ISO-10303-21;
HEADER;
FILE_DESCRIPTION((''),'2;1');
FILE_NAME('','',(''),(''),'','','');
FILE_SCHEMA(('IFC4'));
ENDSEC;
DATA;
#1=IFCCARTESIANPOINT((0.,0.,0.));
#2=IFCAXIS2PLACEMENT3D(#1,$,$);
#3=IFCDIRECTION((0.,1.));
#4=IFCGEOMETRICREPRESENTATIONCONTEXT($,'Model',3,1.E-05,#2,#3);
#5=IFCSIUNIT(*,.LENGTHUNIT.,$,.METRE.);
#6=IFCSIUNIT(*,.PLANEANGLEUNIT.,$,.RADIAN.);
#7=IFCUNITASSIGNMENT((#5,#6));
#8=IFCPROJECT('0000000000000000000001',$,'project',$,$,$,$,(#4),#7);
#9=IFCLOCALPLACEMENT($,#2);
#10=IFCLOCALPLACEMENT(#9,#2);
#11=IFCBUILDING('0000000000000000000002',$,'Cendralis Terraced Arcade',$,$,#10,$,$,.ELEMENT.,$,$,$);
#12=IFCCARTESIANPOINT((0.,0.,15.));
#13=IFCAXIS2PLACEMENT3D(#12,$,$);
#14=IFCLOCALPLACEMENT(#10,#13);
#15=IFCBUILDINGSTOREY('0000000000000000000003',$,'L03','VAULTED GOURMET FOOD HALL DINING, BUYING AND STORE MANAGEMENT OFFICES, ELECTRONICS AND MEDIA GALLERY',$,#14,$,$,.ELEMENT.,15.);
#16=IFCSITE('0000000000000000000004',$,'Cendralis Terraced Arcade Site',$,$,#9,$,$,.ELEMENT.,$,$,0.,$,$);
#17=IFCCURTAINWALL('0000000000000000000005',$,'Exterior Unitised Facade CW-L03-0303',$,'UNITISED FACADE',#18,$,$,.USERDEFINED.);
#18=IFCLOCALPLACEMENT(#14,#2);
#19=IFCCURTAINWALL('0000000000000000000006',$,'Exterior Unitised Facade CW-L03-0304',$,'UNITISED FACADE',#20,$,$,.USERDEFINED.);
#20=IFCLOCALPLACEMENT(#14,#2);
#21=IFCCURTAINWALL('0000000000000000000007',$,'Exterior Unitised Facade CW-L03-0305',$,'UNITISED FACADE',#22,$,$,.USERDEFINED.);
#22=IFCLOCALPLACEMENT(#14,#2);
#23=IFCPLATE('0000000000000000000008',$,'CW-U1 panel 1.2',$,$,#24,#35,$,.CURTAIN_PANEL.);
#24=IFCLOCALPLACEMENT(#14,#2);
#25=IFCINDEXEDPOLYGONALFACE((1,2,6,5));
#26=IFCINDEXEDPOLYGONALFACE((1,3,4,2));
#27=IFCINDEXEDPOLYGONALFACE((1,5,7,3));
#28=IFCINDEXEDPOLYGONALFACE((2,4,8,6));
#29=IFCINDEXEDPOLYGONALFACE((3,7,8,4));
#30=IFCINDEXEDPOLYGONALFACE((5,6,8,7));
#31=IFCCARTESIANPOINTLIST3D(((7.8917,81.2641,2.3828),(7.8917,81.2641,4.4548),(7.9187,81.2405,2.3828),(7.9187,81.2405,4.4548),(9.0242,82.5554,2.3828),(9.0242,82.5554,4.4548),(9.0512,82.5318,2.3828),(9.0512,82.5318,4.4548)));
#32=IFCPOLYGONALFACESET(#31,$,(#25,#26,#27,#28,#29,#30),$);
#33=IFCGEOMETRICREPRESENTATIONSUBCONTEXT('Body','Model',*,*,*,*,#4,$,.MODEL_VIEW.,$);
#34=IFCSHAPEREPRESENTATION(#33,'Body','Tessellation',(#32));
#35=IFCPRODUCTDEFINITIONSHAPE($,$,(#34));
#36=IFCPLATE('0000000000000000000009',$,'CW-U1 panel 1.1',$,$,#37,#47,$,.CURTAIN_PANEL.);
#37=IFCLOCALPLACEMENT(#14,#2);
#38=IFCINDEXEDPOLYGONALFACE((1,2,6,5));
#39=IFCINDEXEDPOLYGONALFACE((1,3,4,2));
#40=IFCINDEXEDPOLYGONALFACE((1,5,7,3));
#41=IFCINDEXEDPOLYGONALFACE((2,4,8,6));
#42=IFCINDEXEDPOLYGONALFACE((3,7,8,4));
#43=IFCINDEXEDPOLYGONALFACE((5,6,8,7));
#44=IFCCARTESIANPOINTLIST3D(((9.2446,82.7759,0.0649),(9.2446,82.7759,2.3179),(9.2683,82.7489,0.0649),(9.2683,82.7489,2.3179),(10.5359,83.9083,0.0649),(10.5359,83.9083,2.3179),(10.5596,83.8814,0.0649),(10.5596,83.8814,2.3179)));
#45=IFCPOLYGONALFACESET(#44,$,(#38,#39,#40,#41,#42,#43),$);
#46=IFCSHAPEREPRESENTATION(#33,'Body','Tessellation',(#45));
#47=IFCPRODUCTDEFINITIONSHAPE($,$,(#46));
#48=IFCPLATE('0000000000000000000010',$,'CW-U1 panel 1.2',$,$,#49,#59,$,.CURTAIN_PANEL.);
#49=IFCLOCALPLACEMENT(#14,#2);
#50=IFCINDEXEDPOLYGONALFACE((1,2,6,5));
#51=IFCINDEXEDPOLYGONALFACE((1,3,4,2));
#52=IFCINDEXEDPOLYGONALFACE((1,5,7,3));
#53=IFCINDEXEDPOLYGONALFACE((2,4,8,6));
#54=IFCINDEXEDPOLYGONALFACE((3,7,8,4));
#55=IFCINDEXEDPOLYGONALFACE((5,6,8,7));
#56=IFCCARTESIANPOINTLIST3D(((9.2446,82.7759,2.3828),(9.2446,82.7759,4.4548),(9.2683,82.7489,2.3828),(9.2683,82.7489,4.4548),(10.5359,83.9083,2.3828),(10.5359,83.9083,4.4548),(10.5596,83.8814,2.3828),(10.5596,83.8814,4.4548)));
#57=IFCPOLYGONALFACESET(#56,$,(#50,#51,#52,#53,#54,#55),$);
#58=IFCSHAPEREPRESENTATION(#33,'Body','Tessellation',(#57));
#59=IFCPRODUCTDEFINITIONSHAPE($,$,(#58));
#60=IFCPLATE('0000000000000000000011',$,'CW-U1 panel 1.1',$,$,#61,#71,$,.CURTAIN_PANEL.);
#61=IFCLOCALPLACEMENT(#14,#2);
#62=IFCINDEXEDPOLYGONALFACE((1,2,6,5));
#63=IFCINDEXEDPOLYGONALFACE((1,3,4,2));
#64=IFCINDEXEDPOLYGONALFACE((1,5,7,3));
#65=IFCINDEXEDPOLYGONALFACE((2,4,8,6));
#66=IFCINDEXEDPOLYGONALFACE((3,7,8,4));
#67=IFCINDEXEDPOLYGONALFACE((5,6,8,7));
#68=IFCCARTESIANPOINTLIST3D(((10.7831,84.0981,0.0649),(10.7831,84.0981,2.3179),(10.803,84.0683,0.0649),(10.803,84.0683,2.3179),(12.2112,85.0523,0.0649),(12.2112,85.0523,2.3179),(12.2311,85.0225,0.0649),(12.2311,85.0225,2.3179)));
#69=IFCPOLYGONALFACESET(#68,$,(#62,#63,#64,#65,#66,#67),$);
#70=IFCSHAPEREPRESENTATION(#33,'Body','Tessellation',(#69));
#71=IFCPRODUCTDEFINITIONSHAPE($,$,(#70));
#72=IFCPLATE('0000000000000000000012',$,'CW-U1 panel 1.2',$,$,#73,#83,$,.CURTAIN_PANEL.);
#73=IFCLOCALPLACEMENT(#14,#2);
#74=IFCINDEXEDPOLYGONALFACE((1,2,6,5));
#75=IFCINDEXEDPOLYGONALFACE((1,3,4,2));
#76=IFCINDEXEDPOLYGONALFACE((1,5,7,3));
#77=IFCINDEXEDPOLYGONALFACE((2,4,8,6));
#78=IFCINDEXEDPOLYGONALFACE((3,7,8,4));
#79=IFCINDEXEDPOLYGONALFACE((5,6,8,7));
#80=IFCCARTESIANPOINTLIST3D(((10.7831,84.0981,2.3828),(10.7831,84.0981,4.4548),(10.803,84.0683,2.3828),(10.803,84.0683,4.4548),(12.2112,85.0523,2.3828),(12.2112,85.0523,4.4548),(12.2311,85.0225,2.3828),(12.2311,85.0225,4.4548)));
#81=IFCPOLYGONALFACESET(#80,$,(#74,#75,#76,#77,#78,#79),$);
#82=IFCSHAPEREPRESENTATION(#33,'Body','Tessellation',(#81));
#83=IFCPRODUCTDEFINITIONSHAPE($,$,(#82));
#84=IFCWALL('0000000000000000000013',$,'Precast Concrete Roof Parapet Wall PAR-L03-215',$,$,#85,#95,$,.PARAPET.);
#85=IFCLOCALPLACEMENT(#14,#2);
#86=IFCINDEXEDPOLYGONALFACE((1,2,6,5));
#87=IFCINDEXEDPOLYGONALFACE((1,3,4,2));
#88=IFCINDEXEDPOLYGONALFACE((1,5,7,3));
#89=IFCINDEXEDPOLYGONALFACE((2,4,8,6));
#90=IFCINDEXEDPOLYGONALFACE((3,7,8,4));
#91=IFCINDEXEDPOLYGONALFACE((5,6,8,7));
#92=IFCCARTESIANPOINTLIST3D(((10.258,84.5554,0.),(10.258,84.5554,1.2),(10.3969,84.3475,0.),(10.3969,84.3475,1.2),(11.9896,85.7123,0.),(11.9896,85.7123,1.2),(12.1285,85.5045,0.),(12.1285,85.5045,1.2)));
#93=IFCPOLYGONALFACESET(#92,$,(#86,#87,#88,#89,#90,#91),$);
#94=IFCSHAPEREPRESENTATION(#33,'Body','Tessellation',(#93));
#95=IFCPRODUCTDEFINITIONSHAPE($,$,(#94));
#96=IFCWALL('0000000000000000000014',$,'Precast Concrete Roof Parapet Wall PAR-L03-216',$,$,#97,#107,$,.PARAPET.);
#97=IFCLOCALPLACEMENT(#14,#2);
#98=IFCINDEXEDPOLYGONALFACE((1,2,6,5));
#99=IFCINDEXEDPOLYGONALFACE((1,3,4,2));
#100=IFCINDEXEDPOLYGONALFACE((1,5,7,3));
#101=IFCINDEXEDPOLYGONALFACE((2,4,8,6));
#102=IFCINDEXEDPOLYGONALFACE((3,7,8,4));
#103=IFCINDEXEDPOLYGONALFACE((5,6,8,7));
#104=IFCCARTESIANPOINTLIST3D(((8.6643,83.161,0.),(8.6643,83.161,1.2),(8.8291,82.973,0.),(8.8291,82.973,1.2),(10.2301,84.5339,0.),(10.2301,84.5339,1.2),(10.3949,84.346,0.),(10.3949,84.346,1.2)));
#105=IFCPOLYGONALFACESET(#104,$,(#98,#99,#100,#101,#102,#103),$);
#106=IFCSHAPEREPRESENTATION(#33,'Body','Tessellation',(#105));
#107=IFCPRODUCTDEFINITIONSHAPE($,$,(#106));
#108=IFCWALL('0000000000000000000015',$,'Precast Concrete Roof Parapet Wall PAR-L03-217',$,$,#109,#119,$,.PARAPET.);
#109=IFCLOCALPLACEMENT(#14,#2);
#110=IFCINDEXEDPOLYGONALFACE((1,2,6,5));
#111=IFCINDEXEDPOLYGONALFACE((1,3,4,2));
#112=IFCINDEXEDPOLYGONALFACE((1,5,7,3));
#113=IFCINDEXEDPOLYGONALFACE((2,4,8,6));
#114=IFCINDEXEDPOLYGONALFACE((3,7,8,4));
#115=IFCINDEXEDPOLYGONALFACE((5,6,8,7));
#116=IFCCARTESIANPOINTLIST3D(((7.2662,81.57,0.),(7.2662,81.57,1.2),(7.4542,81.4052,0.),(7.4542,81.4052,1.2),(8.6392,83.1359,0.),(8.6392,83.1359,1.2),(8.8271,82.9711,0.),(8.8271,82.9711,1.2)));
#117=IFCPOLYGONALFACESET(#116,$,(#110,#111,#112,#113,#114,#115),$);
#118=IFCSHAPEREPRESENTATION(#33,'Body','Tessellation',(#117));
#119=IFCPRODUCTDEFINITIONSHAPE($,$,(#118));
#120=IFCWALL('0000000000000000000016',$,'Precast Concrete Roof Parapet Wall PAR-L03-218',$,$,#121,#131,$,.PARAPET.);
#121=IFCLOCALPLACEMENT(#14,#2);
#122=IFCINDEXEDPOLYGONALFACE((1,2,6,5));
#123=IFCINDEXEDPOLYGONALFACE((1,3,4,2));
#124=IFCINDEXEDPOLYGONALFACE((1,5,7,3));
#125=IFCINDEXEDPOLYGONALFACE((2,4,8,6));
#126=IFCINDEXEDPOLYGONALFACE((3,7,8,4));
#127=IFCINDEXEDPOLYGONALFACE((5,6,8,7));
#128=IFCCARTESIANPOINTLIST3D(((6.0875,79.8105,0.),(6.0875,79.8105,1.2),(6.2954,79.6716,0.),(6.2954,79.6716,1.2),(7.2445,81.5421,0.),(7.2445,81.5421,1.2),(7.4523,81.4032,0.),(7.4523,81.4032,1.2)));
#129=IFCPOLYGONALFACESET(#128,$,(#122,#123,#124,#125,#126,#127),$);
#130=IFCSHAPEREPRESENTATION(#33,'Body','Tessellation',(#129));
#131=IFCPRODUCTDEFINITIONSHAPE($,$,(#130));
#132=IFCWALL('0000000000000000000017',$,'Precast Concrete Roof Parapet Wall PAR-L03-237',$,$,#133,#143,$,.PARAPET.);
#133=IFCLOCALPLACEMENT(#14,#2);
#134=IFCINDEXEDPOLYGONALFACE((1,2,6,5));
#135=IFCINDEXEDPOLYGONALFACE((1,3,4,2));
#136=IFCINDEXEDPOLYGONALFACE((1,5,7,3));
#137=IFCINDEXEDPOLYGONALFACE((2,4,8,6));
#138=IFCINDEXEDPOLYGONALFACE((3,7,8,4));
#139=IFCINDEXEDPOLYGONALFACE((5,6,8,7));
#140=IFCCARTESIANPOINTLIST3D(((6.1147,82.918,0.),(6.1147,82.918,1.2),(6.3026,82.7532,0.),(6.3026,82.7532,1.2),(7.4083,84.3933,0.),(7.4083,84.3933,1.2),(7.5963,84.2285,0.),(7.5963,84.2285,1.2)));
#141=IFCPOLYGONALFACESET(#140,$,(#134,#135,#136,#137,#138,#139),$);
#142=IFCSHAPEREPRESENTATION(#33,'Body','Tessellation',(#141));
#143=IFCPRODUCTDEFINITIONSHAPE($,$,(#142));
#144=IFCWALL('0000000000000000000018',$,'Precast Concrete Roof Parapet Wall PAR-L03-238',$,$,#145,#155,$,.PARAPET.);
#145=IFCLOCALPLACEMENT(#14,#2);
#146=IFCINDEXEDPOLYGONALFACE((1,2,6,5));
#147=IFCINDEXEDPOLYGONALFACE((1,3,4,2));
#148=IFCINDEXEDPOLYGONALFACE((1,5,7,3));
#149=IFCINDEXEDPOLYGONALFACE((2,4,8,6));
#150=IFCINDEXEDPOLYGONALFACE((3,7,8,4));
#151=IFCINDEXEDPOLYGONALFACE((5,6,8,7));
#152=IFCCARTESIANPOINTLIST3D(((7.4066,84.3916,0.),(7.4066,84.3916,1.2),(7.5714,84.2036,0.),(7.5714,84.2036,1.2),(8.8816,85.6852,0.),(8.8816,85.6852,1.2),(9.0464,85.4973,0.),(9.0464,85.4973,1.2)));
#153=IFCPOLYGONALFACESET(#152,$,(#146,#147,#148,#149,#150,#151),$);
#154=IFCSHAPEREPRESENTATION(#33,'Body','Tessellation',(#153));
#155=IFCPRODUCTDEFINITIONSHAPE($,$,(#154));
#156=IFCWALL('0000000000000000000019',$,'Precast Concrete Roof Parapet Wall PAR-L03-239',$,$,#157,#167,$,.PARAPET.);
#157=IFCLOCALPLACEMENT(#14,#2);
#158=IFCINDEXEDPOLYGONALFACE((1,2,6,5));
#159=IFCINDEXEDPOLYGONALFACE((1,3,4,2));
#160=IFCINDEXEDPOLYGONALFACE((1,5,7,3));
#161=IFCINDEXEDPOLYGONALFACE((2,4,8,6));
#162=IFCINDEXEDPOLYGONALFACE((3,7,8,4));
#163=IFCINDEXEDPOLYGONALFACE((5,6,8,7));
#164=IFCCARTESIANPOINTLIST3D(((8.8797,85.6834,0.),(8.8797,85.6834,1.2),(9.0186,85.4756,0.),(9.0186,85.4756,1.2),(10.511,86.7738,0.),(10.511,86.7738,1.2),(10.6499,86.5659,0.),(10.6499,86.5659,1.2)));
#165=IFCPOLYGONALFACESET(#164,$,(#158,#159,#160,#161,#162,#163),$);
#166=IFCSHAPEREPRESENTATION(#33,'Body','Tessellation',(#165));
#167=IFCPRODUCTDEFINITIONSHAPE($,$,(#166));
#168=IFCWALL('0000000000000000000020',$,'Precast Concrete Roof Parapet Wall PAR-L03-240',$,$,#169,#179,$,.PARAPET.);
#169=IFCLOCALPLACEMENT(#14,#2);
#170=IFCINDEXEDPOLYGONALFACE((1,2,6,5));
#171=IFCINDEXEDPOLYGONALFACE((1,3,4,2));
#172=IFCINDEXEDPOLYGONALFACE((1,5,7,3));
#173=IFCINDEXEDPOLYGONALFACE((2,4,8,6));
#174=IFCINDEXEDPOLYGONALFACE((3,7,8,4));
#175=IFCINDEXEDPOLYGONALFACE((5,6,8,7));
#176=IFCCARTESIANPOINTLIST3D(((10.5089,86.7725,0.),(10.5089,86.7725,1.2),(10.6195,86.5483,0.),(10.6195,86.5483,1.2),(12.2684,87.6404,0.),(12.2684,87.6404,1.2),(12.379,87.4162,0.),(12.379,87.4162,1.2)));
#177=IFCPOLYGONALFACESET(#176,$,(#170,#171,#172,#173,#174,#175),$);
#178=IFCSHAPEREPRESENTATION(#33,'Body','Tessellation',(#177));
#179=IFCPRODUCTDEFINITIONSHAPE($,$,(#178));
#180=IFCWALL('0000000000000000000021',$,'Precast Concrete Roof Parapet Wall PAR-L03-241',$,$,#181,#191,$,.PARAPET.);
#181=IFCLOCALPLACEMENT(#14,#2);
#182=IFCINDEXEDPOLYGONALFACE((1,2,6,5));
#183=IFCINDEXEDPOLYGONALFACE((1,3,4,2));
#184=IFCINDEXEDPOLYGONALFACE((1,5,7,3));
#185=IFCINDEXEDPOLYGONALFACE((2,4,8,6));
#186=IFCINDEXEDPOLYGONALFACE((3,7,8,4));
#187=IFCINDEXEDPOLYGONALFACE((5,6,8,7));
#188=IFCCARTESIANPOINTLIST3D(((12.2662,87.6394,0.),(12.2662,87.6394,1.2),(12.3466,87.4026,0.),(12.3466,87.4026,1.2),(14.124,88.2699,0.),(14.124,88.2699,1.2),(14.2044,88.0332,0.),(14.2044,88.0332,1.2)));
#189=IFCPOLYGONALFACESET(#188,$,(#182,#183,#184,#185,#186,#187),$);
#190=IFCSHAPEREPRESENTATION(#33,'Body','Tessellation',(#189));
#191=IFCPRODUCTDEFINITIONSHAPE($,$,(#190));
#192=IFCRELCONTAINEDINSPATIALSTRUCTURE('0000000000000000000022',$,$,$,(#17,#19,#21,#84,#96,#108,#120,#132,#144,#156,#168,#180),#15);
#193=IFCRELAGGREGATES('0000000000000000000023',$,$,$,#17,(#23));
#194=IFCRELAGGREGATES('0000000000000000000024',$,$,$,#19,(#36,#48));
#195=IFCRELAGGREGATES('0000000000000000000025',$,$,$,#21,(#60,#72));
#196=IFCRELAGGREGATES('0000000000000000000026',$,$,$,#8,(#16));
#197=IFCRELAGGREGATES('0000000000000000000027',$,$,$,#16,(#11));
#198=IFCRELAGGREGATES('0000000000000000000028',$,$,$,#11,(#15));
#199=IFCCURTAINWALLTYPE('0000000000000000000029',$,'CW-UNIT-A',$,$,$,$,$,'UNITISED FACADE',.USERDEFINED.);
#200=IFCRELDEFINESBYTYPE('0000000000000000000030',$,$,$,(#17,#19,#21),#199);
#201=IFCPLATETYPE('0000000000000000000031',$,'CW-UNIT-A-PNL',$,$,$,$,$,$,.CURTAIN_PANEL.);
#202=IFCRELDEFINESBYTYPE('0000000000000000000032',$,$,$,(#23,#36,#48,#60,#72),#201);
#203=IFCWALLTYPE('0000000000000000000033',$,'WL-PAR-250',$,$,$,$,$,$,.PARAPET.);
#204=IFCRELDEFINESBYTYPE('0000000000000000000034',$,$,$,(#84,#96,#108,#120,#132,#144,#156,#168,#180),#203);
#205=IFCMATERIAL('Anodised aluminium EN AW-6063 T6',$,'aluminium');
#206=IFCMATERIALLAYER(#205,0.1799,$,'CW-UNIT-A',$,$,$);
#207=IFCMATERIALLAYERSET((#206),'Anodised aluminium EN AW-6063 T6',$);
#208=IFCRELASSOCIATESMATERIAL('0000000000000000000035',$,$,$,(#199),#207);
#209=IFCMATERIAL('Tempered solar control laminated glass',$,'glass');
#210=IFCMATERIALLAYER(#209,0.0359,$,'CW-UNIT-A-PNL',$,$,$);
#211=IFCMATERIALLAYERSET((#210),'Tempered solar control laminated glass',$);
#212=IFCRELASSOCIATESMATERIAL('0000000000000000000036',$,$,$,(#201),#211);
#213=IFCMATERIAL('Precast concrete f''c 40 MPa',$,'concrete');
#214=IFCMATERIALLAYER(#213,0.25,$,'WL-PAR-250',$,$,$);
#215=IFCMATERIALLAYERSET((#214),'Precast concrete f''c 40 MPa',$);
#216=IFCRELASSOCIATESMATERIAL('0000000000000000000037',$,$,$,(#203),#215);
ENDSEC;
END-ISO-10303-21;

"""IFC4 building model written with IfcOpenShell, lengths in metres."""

from ifc_helpers import new_model, si_unit, direction, frame, frame_2d, origin, origin_2d, place, context, subcontext, project, spatial, rectangle, extrude, material, layer, layer_set, type_object, element, aggregate, save


model = new_model("IFC4")

# Units and contexts
model_context = context("Model", 3, precision=1e-05, world=origin(), true_north=direction((0.0, 1.0)))
body_context = subcontext(model_context, "Body", "Model", "MODEL_VIEW")
ifc_project = project(units=[si_unit("LENGTHUNIT", "METRE"), si_unit("PLANEANGLEUNIT", "RADIAN")], contexts=[model_context])

# Site, building, storey
site_placement = place(None, origin())
site = spatial("IfcSite", under=ifc_project, at=site_placement, Name="Cendralis Terraced Arcade Site", CompositionType="ELEMENT", RefElevation=0.0)
building_placement = place(site_placement, origin())
building = spatial("IfcBuilding", under=site, at=building_placement, Name="Cendralis Terraced Arcade", CompositionType="ELEMENT")
storey_placement = place(building_placement, frame((0.0, 0.0, 15.0)))
storey = spatial("IfcBuildingStorey", under=building, at=storey_placement, Name="L03", Description="VAULTED GOURMET FOOD HALL DINING, BUYING AND STORE MANAGEMENT OFFICES, ELECTRONICS AND MEDIA GALLERY", CompositionType="ELEMENT", Elevation=15.0)

# Curtain wall
ifc_material_1 = material(Name="Anodised aluminium EN AW-6063 T6", Category="aluminium")
ifc_layer_1 = layer(ifc_material_1, 0.1799, Name="CW-UNIT-A")
ifc_layer_set_1 = layer_set([ifc_layer_1], Name="Anodised aluminium EN AW-6063 T6")
curtain_wall_type = type_object("IfcCurtainWallType", Name="CW-UNIT-A", ElementType="UNITISED FACADE", PredefinedType="USERDEFINED", material=ifc_layer_set_1)
curtain_wall_1_placement = place(storey_placement, origin())
curtain_wall_1 = element("IfcCurtainWall", 1, at=curtain_wall_1_placement, inside=storey, type_object=curtain_wall_type, Name="Exterior Unitised Facade CW-L03-0303", ObjectType="UNITISED FACADE", PredefinedType="USERDEFINED")

# Curtain walls
curtain_wall_2_placement = place(storey_placement, origin())
curtain_wall_2 = element("IfcCurtainWall", 2, at=curtain_wall_2_placement, inside=storey, type_object=curtain_wall_type, Name="Exterior Unitised Facade CW-L03-0304", ObjectType="UNITISED FACADE", PredefinedType="USERDEFINED")
curtain_wall_3_placement = place(storey_placement, origin())
curtain_wall_3 = element("IfcCurtainWall", 3, at=curtain_wall_3_placement, inside=storey, type_object=curtain_wall_type, Name="Exterior Unitised Facade CW-L03-0305", ObjectType="UNITISED FACADE", PredefinedType="USERDEFINED")

# Plates
ifc_material_2 = material(Name="Tempered solar control laminated glass", Category="glass")
ifc_layer_2 = layer(ifc_material_2, 0.0359, Name="CW-UNIT-A-PNL")
ifc_layer_set_2 = layer_set([ifc_layer_2], Name="Tempered solar control laminated glass")
plate_type = type_object("IfcPlateType", Name="CW-UNIT-A-PNL", PredefinedType="CURTAIN_PANEL", material=ifc_layer_set_2)
plate_1_placement = place(storey_placement, frame((8.4714, 81.8979, 2.3828), z_axis=(0.0, 0.0, 1.0), x_axis=(0.65937, 0.751818, 0.0)))
plate_1 = element("IfcPlate", 4, at=plate_1_placement, type_object=plate_type, Name="CW-U1 panel 1.2", PredefinedType="CURTAIN_PANEL", context=body_context, shape_type="SweptSolid", body=[
    extrude(rectangle(XDim=1.7175, YDim=0.0359, at=origin_2d()), origin(), (0.0, 0.0, 1.0), 2.072),
])
aggregate(curtain_wall_1, [plate_1])
plate_2_placement = place(storey_placement, frame((9.9021, 83.3286, 0.0649), z_axis=(0.0, 0.0, 1.0), x_axis=(0.751818, 0.65937, 0.0)))
plate_2 = element("IfcPlate", 5, at=plate_2_placement, type_object=plate_type, Name="CW-U1 panel 1.1", PredefinedType="CURTAIN_PANEL", context=body_context, shape_type="SweptSolid", body=[
    extrude(rectangle(XDim=1.7175, YDim=0.0359, at=origin_2d()), origin(), (0.0, 0.0, 1.0), 2.2529),
])
plate_3_placement = place(storey_placement, frame((9.9021, 83.3286, 2.3828), z_axis=(0.0, 0.0, 1.0), x_axis=(0.751818, 0.65937, 0.0)))
plate_3 = element("IfcPlate", 6, at=plate_3_placement, type_object=plate_type, Name="CW-U1 panel 1.2", PredefinedType="CURTAIN_PANEL", context=body_context, shape_type="SweptSolid", body=[
    extrude(rectangle(XDim=1.7175, YDim=0.0359, at=origin_2d()), origin(), (0.0, 0.0, 1.0), 2.072),
])
aggregate(curtain_wall_2, [plate_2, plate_3])
plate_4_placement = place(storey_placement, frame((11.5071, 84.5603, 0.0649), z_axis=(0.0, 0.0, 1.0), x_axis=(0.831484, 0.555549, 0.0)))
plate_4 = element("IfcPlate", 7, at=plate_4_placement, type_object=plate_type, Name="CW-U1 panel 1.1", PredefinedType="CURTAIN_PANEL", context=body_context, shape_type="SweptSolid", body=[
    extrude(rectangle(XDim=1.7175, YDim=0.0359, at=origin_2d()), origin(), (0.0, 0.0, 1.0), 2.2529),
])
plate_5_placement = place(storey_placement, frame((11.5071, 84.5603, 2.3828), z_axis=(0.0, 0.0, 1.0), x_axis=(0.831484, 0.555549, 0.0)))
plate_5 = element("IfcPlate", 8, at=plate_5_placement, type_object=plate_type, Name="CW-U1 panel 1.2", PredefinedType="CURTAIN_PANEL", context=body_context, shape_type="SweptSolid", body=[
    extrude(rectangle(XDim=1.7175, YDim=0.0359, at=origin_2d()), origin(), (0.0, 0.0, 1.0), 2.072),
])
aggregate(curtain_wall_3, [plate_4, plate_5])

# Walls
ifc_material_3 = material(Name="Precast concrete f'c 40 MPa", Category="concrete")
ifc_layer_3 = layer(ifc_material_3, 0.25, Name="WL-PAR-250")
ifc_layer_set_3 = layer_set([ifc_layer_3], Name="Precast concrete f'c 40 MPa")
wall_type = type_object("IfcWallType", Name="WL-PAR-250", PredefinedType="PARAPET", material=ifc_layer_set_3)
for number, where, z_axis, x_axis, name in (
    (9, (12.0591, 85.6084, 0.0), (0.0, 0.0, 1.0), (-0.831491, -0.555539, 0.0), "Precast Concrete Roof Parapet Wall PAR-L03-215"),
    (10, (10.3125, 84.4399, 0.0), (0.0, 0.0, 1.0), (-0.751894, -0.659284, 0.0), "Precast Concrete Roof Parapet Wall PAR-L03-216"),
    (11, (8.7332, 83.0535, 0.0), (0.0, 0.0, 1.0), (-0.659284, -0.751894, 0.0), "Precast Concrete Roof Parapet Wall PAR-L03-217"),
    (12, (7.3484, 81.4727, 0.0), (0.0, 0.0, 1.0), (-0.555539, -0.831491, 0.0), "Precast Concrete Roof Parapet Wall PAR-L03-218"),
):
    element("IfcWall", number, at=place(storey_placement, frame(where, z_axis=z_axis, x_axis=x_axis)), inside=storey, type_object=wall_type, Name=name, PredefinedType="PARAPET", context=body_context, shape_type="SweptSolid", body=[
        extrude(rectangle(XDim=2.0825, YDim=0.25, at=frame_2d((1.0413, 0.0))), origin(), (0.0, 0.0, 1.0), 1.2),
    ])
wall_1_placement = place(storey_placement, frame((6.2087, 82.8357, 0.0), z_axis=(0.0, 0.0, 1.0), x_axis=(0.659306, 0.751875, 0.0)))
element("IfcWall", 13, at=wall_1_placement, inside=storey, type_object=wall_type, Name="Precast Concrete Roof Parapet Wall PAR-L03-237", PredefinedType="PARAPET", context=body_context, shape_type="SweptSolid", body=[
    extrude(rectangle(XDim=1.9622, YDim=0.25, at=frame_2d((0.981, 0.0))), origin(), (0.0, 0.0, 1.0), 1.2),
])
wall_2_placement = place(storey_placement, frame((7.489, 84.2976, 0.0), z_axis=(0.0, 0.0, 1.0), x_axis=(0.751821, 0.659367, 0.0)))
element("IfcWall", 14, at=wall_2_placement, inside=storey, type_object=wall_type, Name="Precast Concrete Roof Parapet Wall PAR-L03-238", PredefinedType="PARAPET", context=body_context, shape_type="SweptSolid", body=[
    extrude(rectangle(XDim=1.9619, YDim=0.25, at=frame_2d((0.981, 0.0))), origin(), (0.0, 0.0, 1.0), 1.2),
])
wall_3_placement = place(storey_placement, frame((8.9492, 85.5796, 0.0), z_axis=(0.0, 0.0, 1.0), x_axis=(0.831399, 0.555676, 0.0)))
element("IfcWall", 15, at=wall_3_placement, inside=storey, type_object=wall_type, Name="Precast Concrete Roof Parapet Wall PAR-L03-239", PredefinedType="PARAPET", context=body_context, shape_type="SweptSolid", body=[
    extrude(rectangle(XDim=1.9622, YDim=0.25, at=frame_2d((0.981, 0.0))), origin(), (0.0, 0.0, 1.0), 1.2),
])
for number, where, z_axis, x_axis, name in (
    (16, (10.5642, 86.6604, 0.0), (0.0, 0.0, 1.0), (0.896828, 0.442379, 0.0), "Precast Concrete Roof Parapet Wall PAR-L03-240"),
    (17, (12.3064, 87.521, 0.0), (0.0, 0.0, 1.0), (0.946939, 0.321412, 0.0), "Precast Concrete Roof Parapet Wall PAR-L03-241"),
):
    element("IfcWall", number, at=place(storey_placement, frame(where, z_axis=z_axis, x_axis=x_axis)), inside=storey, type_object=wall_type, Name=name, PredefinedType="PARAPET", context=body_context, shape_type="SweptSolid", body=[
        extrude(rectangle(XDim=1.9619, YDim=0.25, at=frame_2d((0.981, 0.0))), origin(), (0.0, 0.0, 1.0), 1.2),
    ])

save(model, "model.ifc")
